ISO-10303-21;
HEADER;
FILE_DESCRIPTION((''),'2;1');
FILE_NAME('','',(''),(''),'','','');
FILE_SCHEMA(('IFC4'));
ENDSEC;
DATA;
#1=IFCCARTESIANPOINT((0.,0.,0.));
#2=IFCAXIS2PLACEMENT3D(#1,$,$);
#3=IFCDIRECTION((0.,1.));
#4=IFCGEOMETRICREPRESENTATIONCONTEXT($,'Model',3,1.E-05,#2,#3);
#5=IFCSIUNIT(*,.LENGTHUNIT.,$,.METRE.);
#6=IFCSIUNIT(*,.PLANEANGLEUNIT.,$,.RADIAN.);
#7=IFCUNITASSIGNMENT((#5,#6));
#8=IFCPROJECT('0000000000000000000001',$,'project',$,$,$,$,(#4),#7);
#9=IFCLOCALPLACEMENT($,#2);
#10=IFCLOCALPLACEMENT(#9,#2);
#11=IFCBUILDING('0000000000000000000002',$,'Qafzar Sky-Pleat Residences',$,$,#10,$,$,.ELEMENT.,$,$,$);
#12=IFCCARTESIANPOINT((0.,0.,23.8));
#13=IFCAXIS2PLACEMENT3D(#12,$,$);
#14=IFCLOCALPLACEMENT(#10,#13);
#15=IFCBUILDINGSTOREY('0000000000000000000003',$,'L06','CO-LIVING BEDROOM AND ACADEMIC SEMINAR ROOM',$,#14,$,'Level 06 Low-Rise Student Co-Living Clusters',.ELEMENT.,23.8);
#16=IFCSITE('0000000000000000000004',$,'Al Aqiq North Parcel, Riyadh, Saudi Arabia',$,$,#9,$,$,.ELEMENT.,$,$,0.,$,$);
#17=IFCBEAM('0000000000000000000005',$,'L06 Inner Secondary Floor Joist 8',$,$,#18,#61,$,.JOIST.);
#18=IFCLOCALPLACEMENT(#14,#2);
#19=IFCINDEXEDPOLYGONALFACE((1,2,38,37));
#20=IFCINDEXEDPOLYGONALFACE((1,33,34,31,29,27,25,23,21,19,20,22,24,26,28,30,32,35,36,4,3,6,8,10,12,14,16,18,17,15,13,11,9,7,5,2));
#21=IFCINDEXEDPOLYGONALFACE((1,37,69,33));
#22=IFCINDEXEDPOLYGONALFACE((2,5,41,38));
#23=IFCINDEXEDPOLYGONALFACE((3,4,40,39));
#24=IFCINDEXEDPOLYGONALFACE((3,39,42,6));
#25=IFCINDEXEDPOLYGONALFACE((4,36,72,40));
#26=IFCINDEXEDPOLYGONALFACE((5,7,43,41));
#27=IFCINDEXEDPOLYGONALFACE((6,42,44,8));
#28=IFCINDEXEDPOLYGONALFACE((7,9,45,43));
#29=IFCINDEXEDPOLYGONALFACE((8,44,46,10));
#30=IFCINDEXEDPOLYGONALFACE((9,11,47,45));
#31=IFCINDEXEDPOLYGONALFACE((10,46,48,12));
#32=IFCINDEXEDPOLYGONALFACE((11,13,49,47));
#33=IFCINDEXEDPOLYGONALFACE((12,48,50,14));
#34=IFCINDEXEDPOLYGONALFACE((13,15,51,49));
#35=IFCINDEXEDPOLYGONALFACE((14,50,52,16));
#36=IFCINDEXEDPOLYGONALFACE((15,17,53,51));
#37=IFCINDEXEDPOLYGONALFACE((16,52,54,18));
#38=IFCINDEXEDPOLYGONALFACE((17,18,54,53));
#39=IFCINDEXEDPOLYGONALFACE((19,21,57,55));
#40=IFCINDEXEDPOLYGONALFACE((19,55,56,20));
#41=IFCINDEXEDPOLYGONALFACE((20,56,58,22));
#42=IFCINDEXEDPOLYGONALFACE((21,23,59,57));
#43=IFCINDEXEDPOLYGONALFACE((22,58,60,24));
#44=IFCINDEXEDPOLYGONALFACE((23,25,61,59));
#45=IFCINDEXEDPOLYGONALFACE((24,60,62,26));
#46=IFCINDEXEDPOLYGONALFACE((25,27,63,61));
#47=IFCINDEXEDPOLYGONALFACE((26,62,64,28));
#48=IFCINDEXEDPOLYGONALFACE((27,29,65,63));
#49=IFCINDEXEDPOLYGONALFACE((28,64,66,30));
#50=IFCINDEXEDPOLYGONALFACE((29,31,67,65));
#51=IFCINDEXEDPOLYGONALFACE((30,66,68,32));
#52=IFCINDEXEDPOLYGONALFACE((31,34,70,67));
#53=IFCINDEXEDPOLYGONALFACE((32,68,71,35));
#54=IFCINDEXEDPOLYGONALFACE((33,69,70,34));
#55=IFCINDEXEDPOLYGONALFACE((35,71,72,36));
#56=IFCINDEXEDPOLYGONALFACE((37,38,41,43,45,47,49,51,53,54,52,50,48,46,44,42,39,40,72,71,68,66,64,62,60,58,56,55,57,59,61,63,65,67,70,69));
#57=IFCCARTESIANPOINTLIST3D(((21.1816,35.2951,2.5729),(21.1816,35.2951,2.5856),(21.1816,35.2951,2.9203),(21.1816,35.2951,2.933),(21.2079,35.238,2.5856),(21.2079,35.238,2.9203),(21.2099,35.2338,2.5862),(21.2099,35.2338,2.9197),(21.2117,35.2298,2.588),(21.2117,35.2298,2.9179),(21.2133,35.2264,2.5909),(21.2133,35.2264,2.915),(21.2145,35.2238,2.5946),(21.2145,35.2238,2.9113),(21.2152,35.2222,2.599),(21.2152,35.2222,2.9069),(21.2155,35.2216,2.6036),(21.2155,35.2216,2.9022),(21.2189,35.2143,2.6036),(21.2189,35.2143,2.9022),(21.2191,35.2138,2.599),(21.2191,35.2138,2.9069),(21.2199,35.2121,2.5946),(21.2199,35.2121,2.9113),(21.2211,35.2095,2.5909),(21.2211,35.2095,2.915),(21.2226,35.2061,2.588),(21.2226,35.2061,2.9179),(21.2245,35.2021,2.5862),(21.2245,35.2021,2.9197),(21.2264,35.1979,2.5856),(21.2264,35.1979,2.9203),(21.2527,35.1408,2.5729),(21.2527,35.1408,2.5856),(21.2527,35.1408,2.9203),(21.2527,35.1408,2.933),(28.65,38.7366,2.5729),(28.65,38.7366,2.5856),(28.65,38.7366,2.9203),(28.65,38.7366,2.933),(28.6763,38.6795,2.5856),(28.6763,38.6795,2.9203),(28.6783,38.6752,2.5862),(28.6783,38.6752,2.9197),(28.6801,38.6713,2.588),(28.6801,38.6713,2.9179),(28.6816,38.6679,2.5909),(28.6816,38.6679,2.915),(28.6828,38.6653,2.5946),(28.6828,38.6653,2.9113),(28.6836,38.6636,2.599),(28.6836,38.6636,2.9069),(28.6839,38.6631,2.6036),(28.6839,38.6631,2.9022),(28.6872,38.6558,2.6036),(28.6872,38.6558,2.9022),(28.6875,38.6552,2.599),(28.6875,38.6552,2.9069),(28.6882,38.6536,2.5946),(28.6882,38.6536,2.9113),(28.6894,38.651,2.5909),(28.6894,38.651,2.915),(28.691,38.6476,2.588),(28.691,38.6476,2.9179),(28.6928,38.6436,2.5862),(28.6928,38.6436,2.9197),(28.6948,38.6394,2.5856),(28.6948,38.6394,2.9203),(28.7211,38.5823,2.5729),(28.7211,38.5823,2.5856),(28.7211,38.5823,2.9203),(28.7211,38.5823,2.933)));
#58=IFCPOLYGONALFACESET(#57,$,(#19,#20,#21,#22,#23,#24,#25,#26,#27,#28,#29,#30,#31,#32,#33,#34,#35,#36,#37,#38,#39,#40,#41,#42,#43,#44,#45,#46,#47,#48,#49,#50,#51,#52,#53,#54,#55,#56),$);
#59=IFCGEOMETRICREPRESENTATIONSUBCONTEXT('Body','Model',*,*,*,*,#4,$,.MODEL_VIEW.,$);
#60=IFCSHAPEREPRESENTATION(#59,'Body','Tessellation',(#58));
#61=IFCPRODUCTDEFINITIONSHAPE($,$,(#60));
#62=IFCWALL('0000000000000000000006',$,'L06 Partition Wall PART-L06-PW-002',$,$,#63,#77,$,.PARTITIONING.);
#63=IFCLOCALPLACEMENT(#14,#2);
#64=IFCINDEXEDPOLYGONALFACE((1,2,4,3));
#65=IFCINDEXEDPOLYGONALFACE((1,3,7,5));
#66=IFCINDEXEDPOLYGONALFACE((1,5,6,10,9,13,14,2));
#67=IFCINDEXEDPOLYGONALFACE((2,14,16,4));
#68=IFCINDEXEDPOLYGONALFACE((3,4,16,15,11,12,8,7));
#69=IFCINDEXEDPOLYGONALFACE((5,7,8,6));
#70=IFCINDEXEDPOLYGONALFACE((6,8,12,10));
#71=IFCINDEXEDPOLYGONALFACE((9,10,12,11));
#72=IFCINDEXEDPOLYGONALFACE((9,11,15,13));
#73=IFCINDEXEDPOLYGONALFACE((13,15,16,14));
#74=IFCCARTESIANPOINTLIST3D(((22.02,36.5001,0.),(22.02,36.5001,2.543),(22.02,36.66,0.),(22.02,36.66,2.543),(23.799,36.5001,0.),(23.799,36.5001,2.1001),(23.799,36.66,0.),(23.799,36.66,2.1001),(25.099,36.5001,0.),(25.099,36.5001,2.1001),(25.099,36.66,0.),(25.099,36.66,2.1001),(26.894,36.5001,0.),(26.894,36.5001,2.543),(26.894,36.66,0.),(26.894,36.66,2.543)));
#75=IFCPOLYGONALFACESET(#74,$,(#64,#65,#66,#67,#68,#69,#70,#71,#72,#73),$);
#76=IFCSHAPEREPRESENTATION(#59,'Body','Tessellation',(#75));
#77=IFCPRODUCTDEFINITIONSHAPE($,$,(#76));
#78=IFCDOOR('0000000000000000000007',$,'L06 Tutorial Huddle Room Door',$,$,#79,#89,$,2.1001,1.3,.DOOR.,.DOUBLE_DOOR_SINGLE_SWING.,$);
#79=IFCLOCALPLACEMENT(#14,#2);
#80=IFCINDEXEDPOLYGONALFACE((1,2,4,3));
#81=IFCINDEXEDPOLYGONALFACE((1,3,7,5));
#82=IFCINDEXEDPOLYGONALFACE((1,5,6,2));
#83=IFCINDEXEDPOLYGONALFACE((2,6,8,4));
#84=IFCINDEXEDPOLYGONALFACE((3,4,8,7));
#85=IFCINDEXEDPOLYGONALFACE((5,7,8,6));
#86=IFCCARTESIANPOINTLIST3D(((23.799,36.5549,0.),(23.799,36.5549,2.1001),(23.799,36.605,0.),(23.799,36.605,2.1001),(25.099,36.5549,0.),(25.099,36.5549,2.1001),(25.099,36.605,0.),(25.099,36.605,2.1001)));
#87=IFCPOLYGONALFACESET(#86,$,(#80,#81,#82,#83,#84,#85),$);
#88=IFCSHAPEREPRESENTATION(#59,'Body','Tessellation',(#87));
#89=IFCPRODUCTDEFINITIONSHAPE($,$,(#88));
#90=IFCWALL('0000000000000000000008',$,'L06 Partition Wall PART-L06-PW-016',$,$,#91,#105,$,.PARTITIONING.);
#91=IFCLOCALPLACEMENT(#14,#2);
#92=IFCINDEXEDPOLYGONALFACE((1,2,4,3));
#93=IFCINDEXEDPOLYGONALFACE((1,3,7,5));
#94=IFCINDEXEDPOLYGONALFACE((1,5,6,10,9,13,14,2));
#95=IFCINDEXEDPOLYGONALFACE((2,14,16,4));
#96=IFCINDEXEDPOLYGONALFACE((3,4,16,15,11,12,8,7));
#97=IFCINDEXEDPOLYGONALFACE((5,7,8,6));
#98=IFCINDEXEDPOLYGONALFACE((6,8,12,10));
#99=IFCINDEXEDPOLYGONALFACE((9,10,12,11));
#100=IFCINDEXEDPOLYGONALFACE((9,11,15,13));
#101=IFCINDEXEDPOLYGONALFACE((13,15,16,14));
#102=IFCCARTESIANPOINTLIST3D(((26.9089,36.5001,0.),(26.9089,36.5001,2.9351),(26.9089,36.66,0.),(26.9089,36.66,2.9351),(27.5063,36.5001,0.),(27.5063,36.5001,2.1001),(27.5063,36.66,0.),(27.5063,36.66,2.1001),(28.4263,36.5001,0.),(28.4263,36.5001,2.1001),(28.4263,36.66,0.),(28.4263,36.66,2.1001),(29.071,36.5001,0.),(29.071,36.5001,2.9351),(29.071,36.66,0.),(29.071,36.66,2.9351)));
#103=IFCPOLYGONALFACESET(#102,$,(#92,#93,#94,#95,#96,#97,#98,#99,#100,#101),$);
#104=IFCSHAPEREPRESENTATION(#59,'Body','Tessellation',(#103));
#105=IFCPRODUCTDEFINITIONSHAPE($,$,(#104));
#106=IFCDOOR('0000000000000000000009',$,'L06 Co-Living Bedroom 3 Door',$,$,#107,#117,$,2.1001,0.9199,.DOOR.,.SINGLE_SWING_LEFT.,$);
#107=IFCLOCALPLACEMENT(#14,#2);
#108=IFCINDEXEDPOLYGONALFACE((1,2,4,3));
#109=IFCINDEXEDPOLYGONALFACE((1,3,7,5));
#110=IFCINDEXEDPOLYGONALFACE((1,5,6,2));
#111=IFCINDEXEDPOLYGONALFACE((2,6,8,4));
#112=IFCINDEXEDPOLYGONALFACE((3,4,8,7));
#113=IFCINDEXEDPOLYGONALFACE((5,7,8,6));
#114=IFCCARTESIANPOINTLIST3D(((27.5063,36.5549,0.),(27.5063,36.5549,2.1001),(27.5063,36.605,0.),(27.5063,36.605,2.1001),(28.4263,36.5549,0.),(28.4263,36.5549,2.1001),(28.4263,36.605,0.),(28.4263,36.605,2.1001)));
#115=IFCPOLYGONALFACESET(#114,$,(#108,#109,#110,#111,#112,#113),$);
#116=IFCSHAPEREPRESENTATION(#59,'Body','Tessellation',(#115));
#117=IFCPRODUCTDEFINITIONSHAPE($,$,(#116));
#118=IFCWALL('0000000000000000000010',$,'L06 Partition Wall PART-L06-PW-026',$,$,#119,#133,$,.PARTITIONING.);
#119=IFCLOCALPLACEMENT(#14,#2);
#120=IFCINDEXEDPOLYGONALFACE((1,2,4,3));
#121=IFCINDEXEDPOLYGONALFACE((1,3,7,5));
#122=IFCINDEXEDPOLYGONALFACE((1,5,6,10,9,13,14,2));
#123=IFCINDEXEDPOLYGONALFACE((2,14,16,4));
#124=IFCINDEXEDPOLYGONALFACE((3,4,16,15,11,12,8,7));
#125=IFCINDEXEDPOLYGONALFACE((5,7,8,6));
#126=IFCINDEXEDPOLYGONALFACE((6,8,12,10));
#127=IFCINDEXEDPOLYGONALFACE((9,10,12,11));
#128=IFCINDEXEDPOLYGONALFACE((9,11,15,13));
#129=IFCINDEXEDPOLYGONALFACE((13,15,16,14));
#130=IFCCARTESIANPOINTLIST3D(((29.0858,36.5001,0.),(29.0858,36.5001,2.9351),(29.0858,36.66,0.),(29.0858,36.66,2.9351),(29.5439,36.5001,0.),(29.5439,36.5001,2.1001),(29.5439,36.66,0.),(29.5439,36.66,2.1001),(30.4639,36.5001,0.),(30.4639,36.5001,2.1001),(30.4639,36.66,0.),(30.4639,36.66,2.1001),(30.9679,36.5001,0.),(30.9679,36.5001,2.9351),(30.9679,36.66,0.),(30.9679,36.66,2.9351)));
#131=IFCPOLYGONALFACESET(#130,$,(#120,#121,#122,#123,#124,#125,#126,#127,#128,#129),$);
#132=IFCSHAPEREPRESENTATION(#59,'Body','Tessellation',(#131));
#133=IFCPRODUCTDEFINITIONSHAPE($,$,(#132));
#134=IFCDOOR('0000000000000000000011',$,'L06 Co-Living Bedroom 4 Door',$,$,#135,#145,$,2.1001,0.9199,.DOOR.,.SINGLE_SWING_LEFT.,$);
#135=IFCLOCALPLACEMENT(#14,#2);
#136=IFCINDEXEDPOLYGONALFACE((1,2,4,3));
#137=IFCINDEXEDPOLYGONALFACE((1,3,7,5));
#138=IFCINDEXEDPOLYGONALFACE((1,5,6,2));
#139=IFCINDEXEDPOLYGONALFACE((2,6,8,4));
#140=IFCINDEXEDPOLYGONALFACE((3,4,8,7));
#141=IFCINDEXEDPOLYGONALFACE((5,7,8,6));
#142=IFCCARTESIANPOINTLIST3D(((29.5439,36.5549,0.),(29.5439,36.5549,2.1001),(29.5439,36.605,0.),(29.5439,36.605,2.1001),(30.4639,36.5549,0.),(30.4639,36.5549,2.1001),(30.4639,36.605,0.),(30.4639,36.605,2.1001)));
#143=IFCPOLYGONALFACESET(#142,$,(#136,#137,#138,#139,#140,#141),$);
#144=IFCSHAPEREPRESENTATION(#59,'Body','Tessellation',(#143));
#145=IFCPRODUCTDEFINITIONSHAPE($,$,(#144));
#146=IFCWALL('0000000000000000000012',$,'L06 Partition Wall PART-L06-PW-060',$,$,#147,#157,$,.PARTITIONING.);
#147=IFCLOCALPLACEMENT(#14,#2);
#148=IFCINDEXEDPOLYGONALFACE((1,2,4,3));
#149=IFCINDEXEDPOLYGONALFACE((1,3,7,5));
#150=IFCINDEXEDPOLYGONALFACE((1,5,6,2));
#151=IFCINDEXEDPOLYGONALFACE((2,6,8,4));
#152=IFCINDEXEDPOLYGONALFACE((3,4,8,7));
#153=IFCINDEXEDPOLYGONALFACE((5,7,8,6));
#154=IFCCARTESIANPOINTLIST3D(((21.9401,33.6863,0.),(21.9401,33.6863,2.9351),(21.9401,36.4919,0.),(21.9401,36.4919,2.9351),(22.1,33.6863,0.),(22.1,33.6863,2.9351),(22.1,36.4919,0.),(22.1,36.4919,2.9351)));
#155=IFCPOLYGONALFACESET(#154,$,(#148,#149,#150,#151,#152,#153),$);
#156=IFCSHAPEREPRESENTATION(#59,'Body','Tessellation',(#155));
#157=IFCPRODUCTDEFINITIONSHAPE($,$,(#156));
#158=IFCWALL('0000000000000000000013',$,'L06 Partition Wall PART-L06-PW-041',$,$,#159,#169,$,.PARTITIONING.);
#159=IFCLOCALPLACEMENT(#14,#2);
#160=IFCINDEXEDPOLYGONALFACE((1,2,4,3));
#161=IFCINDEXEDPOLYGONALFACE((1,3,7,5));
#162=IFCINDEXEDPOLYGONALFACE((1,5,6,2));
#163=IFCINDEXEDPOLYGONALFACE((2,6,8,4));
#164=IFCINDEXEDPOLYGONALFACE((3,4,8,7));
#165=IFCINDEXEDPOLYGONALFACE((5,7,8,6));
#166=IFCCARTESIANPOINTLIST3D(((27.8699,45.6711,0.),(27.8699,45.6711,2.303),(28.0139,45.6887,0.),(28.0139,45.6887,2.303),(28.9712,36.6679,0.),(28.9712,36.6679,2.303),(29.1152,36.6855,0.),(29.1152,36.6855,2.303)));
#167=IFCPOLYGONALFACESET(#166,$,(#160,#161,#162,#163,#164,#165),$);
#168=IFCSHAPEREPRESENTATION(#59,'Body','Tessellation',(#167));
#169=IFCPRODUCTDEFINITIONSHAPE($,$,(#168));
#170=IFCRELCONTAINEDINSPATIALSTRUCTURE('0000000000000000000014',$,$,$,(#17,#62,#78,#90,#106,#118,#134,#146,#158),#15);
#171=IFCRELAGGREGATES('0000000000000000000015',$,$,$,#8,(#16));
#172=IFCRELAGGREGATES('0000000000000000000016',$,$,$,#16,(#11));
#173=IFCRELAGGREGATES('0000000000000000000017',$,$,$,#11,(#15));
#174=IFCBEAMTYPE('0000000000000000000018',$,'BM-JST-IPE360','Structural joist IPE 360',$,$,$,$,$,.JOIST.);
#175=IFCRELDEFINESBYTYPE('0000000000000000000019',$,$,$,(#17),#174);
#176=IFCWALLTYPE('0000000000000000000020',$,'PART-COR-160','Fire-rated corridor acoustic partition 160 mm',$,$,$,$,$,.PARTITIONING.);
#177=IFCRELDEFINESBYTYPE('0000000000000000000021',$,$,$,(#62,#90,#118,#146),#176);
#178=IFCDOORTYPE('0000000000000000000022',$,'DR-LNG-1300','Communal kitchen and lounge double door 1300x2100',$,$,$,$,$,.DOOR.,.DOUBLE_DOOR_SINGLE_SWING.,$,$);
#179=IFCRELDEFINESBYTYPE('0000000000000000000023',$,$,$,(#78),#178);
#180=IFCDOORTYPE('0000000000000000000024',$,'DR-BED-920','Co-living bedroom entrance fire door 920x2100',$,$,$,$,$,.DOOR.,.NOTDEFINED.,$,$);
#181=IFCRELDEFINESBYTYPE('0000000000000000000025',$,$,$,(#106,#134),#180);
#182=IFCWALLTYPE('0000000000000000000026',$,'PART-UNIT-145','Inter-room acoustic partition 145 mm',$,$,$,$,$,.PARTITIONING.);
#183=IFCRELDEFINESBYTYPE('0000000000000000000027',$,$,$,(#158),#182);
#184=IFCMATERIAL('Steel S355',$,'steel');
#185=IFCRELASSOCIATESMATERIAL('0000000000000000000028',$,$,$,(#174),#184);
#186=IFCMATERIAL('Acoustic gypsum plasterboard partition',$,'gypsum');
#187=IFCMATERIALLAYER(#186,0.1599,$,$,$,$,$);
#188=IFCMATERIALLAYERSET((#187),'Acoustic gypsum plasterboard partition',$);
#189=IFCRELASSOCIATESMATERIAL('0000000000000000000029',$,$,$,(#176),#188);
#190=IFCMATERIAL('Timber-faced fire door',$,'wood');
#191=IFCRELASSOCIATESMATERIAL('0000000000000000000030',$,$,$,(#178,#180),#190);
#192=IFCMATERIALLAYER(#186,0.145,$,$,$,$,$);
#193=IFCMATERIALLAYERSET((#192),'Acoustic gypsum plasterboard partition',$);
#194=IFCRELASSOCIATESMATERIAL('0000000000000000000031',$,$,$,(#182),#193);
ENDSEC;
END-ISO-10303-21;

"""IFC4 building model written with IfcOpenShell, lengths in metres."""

from ifc_helpers import new_model, si_unit, direction, frame, frame_2d, origin, origin_2d, place, context, subcontext, project, spatial, rectangle, i_section, extrude, source, transform, mapped, material, layer, layer_set, material_profile, profile_set, type_object, element, fill, save


model = new_model("IFC4")

# Units and contexts
model_context = context("Model", 3, precision=1e-05, world=origin(), true_north=direction((0.0, 1.0)))
body_context = subcontext(model_context, "Body", "Model", "MODEL_VIEW")
ifc_project = project(units=[si_unit("LENGTHUNIT", "METRE"), si_unit("PLANEANGLEUNIT", "RADIAN")], contexts=[model_context])

# Site, building, storey
site_placement = place(None, origin())
site = spatial("IfcSite", under=ifc_project, at=site_placement, Name="Al Aqiq North Parcel, Riyadh, Saudi Arabia", CompositionType="ELEMENT", RefElevation=0.0)
building_placement = place(site_placement, origin())
building = spatial("IfcBuilding", under=site, at=building_placement, Name="Qafzar Sky-Pleat Residences", CompositionType="ELEMENT")
storey_placement = place(building_placement, frame((0.0, 0.0, 23.8)))
storey = spatial("IfcBuildingStorey", under=building, at=storey_placement, Name="L06", Description="CO-LIVING BEDROOM AND ACADEMIC SEMINAR ROOM", LongName="Level 06 Low-Rise Student Co-Living Clusters", CompositionType="ELEMENT", Elevation=23.8)

# Beam
ifc_material_1 = material(Name="Steel S355", Category="steel")
ifc_material_profile_1 = material_profile(ifc_material_1, i_section(OverallWidth=0.1699, OverallDepth=0.3601, WebThickness=0.0081, FlangeThickness=0.0127, FilletRadius=0.0181, at=origin_2d()), Name="IPE 360")
ifc_profile_set_1 = profile_set([ifc_material_profile_1], Name="Steel S355")
beam_type_1 = type_object("IfcBeamType", Name="BM-JST-IPE360", Description="Structural joist IPE 360", PredefinedType="JOIST", material=ifc_profile_set_1)
shared_shape_1 = source(origin(), body_context, "Body", "SweptSolid", [
    extrude(i_section(OverallWidth=0.1699, OverallDepth=0.3601, WebThickness=0.0081, FlangeThickness=0.0127, FilletRadius=0.0181, at=origin_2d()), origin(), (0.0, 0.0, 1.0), 8.2231),
])
beam_1_placement = place(storey_placement, frame((28.6855, 38.6594, 2.7529), z_axis=(-0.908213, -0.418508, 0.0), x_axis=(0.418508, -0.908213, 0.0)))
element("IfcBeam", 1, at=beam_1_placement, inside=storey, type_object=beam_type_1, Name="L06 Inner Secondary Floor Joist 8", PredefinedType="JOIST", context=body_context, shape_type="MappedRepresentation", body=[
    mapped(shared_shape_1, transform((0.0, 0.0, 0.0), x_axis=(1.0, 0.0, 0.0), y_axis=(0.0, 1.0, 0.0), z_axis=(0.0, 0.0, 1.0), scale=1.0)),
])

# Walls, openings, doors
ifc_material_2 = material(Name="Acoustic gypsum plasterboard partition", Category="gypsum")
ifc_layer_1 = layer(ifc_material_2, 0.1599)
ifc_layer_set_1 = layer_set([ifc_layer_1], Name="Acoustic gypsum plasterboard partition")
wall_type_1 = type_object("IfcWallType", Name="PART-COR-160", Description="Fire-rated corridor acoustic partition 160 mm", PredefinedType="PARTITIONING", material=ifc_layer_set_1)
wall_1_placement = place(storey_placement, frame((22.02, 36.5801, 0.0), z_axis=(0.0, 0.0, 1.0), x_axis=(1.0, 0.0, 0.0)))
wall_1 = element("IfcWall", 2, at=wall_1_placement, inside=storey, type_object=wall_type_1, Name="L06 Partition Wall PART-L06-PW-002", PredefinedType="PARTITIONING", context=body_context, shape_type="SweptSolid", body=[
    extrude(rectangle(XDim=4.874, YDim=0.1599, at=frame_2d((2.437, 0.0))), origin(), (0.0, 0.0, 1.0), 2.543),
])
opening_1_placement = place(wall_1_placement, frame((1.7791, 0.0, 0.0)))
opening_1 = element("IfcOpeningElement", 3, at=opening_1_placement, cuts=wall_1, PredefinedType="OPENING", context=body_context, shape_type="SweptSolid", body=[
    extrude(rectangle(XDim=1.3, YDim=2.1001, at=frame_2d((0.6499, 1.05))), frame((0.0, 0.0898, 0.0), z_axis=(0.0, -1.0, 0.0), x_axis=(1.0, 0.0, 0.0)), (0.0, 0.0, 1.0), 0.1799),
])
ifc_material_3 = material(Name="Timber-faced fire door", Category="wood")
door_type_1 = type_object("IfcDoorType", Name="DR-LNG-1300", Description="Communal kitchen and lounge double door 1300x2100", OperationType="DOUBLE_DOOR_SINGLE_SWING", PredefinedType="DOOR", material=ifc_material_3)
shared_shape_2 = source(origin(), body_context, "Body", "SweptSolid", [
    extrude(rectangle(XDim=1.3, YDim=2.1001, at=frame_2d((0.6499, 1.05))), frame((0.0, 0.0249, 0.0), z_axis=(0.0, -1.0, 0.0), x_axis=(1.0, 0.0, 0.0)), (0.0, 0.0, 1.0), 0.05),
])
door_1_placement = place(opening_1_placement, origin())
door_1 = element("IfcDoor", 4, at=door_1_placement, inside=storey, type_object=door_type_1, Name="L06 Tutorial Huddle Room Door", OperationType="DOUBLE_DOOR_SINGLE_SWING", OverallHeight=2.1001, OverallWidth=1.3, PredefinedType="DOOR", context=body_context, shape_type="MappedRepresentation", body=[
    mapped(shared_shape_2, transform((0.0, 0.0, 0.0), x_axis=(1.0, 0.0, 0.0), y_axis=(0.0, 1.0, 0.0), z_axis=(0.0, 0.0, 1.0), scale=1.0)),
])
fill(opening_1, door_1)
wall_2_placement = place(storey_placement, frame((26.9089, 36.5801, 0.0), z_axis=(0.0, 0.0, 1.0), x_axis=(1.0, 0.0, 0.0)))
wall_2 = element("IfcWall", 5, at=wall_2_placement, inside=storey, type_object=wall_type_1, Name="L06 Partition Wall PART-L06-PW-016", PredefinedType="PARTITIONING", context=body_context, shape_type="SweptSolid", body=[
    extrude(rectangle(XDim=2.1621, YDim=0.1599, at=frame_2d((1.0811, 0.0))), origin(), (0.0, 0.0, 1.0), 2.9351),
])
opening_2_placement = place(wall_2_placement, frame((0.5974, 0.0, 0.0)))
opening_2 = element("IfcOpeningElement", 6, at=opening_2_placement, cuts=wall_2, PredefinedType="OPENING", context=body_context, shape_type="SweptSolid", body=[
    extrude(rectangle(XDim=0.9199, YDim=2.1001, at=frame_2d((0.46, 1.05))), frame((0.0, 0.0898, 0.0), z_axis=(0.0, -1.0, 0.0), x_axis=(1.0, 0.0, 0.0)), (0.0, 0.0, 1.0), 0.1799),
])
door_type_2 = type_object("IfcDoorType", Name="DR-BED-920", Description="Co-living bedroom entrance fire door 920x2100", OperationType="NOTDEFINED", PredefinedType="DOOR", material=ifc_material_3)
shared_shape_3 = source(origin(), body_context, "Body", "SweptSolid", [
    extrude(rectangle(XDim=0.9199, YDim=2.1001, at=frame_2d((0.46, 1.05))), frame((0.0, 0.0249, 0.0), z_axis=(0.0, -1.0, 0.0), x_axis=(1.0, 0.0, 0.0)), (0.0, 0.0, 1.0), 0.05),
])
door_2_placement = place(opening_2_placement, origin())
door_2 = element("IfcDoor", 7, at=door_2_placement, inside=storey, type_object=door_type_2, Name="L06 Co-Living Bedroom 3 Door", OperationType="SINGLE_SWING_LEFT", OverallHeight=2.1001, OverallWidth=0.9199, PredefinedType="DOOR", context=body_context, shape_type="MappedRepresentation", body=[
    mapped(shared_shape_3, transform((0.0, 0.0, 0.0), x_axis=(1.0, 0.0, 0.0), y_axis=(0.0, 1.0, 0.0), z_axis=(0.0, 0.0, 1.0), scale=1.0)),
])
fill(opening_2, door_2)
wall_3_placement = place(storey_placement, frame((29.0859, 36.5801, 0.0), z_axis=(0.0, 0.0, 1.0), x_axis=(1.0, 0.0, 0.0)))
wall_3 = element("IfcWall", 8, at=wall_3_placement, inside=storey, type_object=wall_type_1, Name="L06 Partition Wall PART-L06-PW-026", PredefinedType="PARTITIONING", context=body_context, shape_type="SweptSolid", body=[
    extrude(rectangle(XDim=1.8821, YDim=0.1599, at=frame_2d((0.9409, 0.0))), origin(), (0.0, 0.0, 1.0), 2.9351),
])
opening_3_placement = place(wall_3_placement, frame((0.458, 0.0, 0.0)))
opening_3 = element("IfcOpeningElement", 9, at=opening_3_placement, cuts=wall_3, PredefinedType="OPENING", context=body_context, shape_type="SweptSolid", body=[
    extrude(rectangle(XDim=0.9199, YDim=2.1001, at=frame_2d((0.46, 1.05))), frame((0.0, 0.0898, 0.0), z_axis=(0.0, -1.0, 0.0), x_axis=(1.0, 0.0, 0.0)), (0.0, 0.0, 1.0), 0.1799),
])
door_3_placement = place(opening_3_placement, origin())
door_3 = element("IfcDoor", 10, at=door_3_placement, inside=storey, type_object=door_type_2, Name="L06 Co-Living Bedroom 4 Door", OperationType="SINGLE_SWING_LEFT", OverallHeight=2.1001, OverallWidth=0.9199, PredefinedType="DOOR", context=body_context, shape_type="MappedRepresentation", body=[
    mapped(shared_shape_3, transform((0.0, 0.0, 0.0), x_axis=(1.0, 0.0, 0.0), y_axis=(0.0, 1.0, 0.0), z_axis=(0.0, 0.0, 1.0), scale=1.0)),
])
fill(opening_3, door_3)

# Walls
wall_4_placement = place(storey_placement, frame((22.02, 33.6863, 0.0), z_axis=(0.0, 0.0, 1.0), x_axis=(0.0, 1.0, 0.0)))
element("IfcWall", 11, at=wall_4_placement, inside=storey, type_object=wall_type_1, Name="L06 Partition Wall PART-L06-PW-060", PredefinedType="PARTITIONING", context=body_context, shape_type="SweptSolid", body=[
    extrude(rectangle(XDim=2.8057, YDim=0.1599, at=frame_2d((1.4028, 0.0))), origin(), (0.0, 0.0, 1.0), 2.9351),
])
ifc_layer_2 = layer(ifc_material_2, 0.145)
ifc_layer_set_2 = layer_set([ifc_layer_2], Name="Acoustic gypsum plasterboard partition")
wall_type_2 = type_object("IfcWallType", Name="PART-UNIT-145", Description="Inter-room acoustic partition 145 mm", PredefinedType="PARTITIONING", material=ifc_layer_set_2)
wall_5_placement = place(storey_placement, frame((27.9419, 45.6799, 0.0), z_axis=(0.0, 0.0, 1.0), x_axis=(0.121421, -0.992601, 0.0)))
element("IfcWall", 12, at=wall_5_placement, inside=storey, type_object=wall_type_2, Name="L06 Partition Wall PART-L06-PW-041", PredefinedType="PARTITIONING", context=body_context, shape_type="SweptSolid", body=[
    extrude(rectangle(XDim=9.0703, YDim=0.145, at=frame_2d((4.5352, 0.0))), origin(), (0.0, 0.0, 1.0), 2.303),
])

save(model, "model.ifc")
